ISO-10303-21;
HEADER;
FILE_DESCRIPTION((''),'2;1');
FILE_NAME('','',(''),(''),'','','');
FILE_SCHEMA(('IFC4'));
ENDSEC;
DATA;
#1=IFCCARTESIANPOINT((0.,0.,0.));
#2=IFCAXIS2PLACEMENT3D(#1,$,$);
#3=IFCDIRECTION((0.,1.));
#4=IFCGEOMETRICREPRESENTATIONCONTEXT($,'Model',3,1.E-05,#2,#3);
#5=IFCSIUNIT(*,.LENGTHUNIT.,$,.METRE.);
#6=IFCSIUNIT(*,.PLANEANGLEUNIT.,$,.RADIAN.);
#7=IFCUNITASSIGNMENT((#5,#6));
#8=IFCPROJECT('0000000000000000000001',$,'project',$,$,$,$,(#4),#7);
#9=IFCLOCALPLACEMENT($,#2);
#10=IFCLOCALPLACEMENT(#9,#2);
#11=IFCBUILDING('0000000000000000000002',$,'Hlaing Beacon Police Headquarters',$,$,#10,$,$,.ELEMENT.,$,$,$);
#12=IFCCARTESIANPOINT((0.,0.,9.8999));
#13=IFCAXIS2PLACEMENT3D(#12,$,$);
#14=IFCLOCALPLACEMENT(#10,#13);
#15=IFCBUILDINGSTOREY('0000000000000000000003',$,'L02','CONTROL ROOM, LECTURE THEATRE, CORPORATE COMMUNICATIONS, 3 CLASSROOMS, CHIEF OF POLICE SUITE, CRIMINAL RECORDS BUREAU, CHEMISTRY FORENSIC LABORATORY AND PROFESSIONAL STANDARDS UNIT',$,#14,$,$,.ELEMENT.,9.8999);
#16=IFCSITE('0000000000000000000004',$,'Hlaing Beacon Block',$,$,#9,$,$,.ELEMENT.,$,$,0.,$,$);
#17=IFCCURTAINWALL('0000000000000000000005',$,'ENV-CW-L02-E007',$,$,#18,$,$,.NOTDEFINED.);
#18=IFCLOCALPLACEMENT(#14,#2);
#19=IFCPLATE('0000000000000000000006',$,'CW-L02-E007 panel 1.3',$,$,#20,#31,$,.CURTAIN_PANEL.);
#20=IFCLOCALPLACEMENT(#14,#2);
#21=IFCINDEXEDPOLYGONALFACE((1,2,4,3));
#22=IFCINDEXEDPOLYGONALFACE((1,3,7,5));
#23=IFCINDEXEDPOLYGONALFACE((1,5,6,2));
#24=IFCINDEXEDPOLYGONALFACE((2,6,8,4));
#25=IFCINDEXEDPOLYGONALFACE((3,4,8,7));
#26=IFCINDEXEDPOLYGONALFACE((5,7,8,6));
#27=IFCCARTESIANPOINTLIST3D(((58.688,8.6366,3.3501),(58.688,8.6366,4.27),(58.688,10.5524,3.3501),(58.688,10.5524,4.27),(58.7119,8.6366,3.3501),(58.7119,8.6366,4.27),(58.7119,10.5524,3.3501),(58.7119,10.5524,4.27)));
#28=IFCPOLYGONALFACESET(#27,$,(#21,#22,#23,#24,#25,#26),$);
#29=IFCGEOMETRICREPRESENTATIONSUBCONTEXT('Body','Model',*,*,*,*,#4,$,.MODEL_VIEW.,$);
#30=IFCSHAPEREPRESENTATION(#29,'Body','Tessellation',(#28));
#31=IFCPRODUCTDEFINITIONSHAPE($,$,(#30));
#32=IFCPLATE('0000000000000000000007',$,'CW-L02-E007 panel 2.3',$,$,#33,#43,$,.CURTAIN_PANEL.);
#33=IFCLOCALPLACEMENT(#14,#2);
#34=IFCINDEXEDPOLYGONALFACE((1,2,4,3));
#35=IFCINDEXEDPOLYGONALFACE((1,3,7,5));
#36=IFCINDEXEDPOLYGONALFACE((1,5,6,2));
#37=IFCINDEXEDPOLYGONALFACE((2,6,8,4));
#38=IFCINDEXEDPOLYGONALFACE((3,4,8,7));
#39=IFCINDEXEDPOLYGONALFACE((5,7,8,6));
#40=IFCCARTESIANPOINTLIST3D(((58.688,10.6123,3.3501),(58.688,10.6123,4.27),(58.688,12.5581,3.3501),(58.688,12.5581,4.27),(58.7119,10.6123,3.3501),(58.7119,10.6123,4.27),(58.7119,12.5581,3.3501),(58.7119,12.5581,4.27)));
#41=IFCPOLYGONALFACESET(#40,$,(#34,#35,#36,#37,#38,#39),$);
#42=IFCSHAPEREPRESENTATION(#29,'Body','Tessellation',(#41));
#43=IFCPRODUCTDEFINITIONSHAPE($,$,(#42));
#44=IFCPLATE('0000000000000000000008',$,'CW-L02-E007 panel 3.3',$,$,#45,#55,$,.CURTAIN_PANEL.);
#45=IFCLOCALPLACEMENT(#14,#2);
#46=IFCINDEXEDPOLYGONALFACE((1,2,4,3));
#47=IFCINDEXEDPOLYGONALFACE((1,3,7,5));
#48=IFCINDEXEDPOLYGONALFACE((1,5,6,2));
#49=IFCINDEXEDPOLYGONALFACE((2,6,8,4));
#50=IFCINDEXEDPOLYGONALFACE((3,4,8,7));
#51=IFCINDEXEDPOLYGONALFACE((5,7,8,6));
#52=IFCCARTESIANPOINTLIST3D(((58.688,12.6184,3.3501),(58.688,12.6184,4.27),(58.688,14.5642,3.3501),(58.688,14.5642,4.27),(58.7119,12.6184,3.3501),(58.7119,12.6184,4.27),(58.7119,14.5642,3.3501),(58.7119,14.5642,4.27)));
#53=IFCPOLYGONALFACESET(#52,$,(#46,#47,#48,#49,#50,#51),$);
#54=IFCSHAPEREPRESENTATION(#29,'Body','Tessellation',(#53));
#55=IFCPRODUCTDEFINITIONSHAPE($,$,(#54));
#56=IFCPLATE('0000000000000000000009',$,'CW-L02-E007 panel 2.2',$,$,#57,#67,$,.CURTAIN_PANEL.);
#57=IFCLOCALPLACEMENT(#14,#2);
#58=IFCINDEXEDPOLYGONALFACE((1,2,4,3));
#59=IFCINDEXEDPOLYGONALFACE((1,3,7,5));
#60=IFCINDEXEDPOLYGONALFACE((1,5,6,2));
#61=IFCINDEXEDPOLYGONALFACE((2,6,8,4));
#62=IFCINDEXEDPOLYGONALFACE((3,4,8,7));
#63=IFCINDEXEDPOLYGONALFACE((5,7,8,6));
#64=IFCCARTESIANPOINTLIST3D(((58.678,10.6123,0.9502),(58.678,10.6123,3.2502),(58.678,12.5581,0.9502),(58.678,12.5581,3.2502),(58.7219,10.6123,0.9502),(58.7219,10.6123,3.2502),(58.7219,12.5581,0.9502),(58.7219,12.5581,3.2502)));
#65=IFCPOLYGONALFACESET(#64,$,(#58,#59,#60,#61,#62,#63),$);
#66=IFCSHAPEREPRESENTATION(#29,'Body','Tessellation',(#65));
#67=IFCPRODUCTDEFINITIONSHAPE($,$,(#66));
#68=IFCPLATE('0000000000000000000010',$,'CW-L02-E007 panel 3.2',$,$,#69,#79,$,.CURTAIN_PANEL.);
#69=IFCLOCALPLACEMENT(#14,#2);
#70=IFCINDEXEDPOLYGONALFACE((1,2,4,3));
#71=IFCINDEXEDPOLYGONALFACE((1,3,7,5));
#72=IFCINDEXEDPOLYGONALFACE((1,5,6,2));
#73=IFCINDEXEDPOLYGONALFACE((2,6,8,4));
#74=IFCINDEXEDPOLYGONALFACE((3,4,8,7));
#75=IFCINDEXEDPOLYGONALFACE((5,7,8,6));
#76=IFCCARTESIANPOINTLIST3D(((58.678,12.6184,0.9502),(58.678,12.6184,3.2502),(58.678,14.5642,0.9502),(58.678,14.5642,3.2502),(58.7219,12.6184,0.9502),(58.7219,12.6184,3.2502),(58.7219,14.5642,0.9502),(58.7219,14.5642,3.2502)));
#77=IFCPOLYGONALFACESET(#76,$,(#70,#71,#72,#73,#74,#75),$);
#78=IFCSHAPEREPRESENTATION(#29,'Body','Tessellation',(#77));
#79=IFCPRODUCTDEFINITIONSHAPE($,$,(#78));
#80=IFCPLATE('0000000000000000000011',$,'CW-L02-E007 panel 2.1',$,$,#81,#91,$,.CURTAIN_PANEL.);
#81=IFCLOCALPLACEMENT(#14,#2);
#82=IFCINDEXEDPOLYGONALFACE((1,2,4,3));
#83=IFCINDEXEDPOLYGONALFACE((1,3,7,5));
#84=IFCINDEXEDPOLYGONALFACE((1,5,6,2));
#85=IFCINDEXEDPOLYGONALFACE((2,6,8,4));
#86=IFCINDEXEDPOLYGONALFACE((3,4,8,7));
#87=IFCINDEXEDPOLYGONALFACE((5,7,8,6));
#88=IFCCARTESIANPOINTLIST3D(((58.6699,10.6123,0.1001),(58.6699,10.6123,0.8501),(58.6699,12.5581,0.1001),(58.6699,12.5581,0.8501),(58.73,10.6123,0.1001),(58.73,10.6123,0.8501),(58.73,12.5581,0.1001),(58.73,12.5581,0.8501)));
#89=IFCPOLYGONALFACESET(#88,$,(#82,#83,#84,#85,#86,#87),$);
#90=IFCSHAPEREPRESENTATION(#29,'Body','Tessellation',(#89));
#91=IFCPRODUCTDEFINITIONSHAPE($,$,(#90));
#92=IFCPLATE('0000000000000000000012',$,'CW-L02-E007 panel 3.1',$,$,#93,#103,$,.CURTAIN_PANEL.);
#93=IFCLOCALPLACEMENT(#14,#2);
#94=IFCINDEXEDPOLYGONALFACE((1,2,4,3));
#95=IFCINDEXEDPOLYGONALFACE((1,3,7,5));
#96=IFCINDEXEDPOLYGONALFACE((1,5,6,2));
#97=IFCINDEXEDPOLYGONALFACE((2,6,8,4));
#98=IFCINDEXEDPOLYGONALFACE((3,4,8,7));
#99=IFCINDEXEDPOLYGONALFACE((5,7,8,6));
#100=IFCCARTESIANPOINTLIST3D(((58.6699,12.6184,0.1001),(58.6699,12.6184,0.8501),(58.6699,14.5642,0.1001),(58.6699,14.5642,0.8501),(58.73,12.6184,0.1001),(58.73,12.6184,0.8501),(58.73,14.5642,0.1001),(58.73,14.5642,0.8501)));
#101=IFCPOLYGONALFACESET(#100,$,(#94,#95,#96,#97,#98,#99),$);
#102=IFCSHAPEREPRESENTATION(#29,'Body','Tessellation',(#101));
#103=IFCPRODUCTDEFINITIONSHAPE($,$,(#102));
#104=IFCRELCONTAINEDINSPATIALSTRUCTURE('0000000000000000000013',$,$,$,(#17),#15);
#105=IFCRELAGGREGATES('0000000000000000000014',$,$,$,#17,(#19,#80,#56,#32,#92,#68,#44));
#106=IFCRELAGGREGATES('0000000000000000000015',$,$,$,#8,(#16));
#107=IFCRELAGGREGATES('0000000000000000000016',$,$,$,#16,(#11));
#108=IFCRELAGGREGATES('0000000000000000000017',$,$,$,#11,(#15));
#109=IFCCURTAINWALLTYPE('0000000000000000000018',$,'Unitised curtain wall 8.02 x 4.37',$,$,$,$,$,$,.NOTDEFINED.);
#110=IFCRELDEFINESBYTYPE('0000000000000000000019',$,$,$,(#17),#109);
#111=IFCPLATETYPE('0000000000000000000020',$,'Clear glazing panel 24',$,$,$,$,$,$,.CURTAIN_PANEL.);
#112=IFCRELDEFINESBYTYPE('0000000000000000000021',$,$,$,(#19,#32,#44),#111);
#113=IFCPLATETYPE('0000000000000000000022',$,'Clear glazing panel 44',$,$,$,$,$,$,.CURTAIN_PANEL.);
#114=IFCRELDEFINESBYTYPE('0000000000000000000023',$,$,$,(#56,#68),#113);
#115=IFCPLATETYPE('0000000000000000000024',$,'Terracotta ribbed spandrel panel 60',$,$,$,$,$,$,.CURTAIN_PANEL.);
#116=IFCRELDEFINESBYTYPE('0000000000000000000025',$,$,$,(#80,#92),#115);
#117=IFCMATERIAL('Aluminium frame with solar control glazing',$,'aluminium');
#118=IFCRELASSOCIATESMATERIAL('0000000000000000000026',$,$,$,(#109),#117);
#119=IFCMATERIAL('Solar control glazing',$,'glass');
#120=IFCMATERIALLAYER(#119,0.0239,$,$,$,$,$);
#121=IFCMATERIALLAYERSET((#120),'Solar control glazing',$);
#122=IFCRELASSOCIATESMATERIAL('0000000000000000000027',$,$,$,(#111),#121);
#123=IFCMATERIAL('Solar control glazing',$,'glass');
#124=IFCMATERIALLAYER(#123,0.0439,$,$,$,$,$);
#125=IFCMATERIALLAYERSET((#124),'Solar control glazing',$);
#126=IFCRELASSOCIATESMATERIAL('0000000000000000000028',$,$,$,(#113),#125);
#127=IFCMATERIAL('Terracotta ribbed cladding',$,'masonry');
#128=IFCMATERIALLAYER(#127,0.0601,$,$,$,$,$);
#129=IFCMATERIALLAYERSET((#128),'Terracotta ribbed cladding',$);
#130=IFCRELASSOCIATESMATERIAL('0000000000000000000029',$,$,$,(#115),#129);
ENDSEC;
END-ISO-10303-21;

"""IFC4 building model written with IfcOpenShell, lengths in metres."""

from ifc_helpers import new_model, si_unit, direction, frame, origin, origin_2d, place, context, subcontext, project, spatial, rectangle, extrude, material, layer, layer_set, type_object, element, aggregate, save


model = new_model("IFC4")

# Units and contexts
model_context = context("Model", 3, precision=1e-05, world=origin(), true_north=direction((0.0, 1.0)))
body_context = subcontext(model_context, "Body", "Model", "MODEL_VIEW")
ifc_project = project(units=[si_unit("LENGTHUNIT", "METRE"), si_unit("PLANEANGLEUNIT", "RADIAN")], contexts=[model_context])

# Site, building, storey
site_placement = place(None, origin())
site = spatial("IfcSite", under=ifc_project, at=site_placement, Name="Hlaing Beacon Block", CompositionType="ELEMENT", RefElevation=0.0)
building_placement = place(site_placement, origin())
building = spatial("IfcBuilding", under=site, at=building_placement, Name="Hlaing Beacon Police Headquarters", CompositionType="ELEMENT")
storey_placement = place(building_placement, frame((0.0, 0.0, 9.8999)))
storey = spatial("IfcBuildingStorey", under=building, at=storey_placement, Name="L02", Description="CONTROL ROOM, LECTURE THEATRE, CORPORATE COMMUNICATIONS, 3 CLASSROOMS, CHIEF OF POLICE SUITE, CRIMINAL RECORDS BUREAU, CHEMISTRY FORENSIC LABORATORY AND PROFESSIONAL STANDARDS UNIT", CompositionType="ELEMENT", Elevation=9.8999)

# Curtain wall, plates
ifc_material_1 = material(Name="Aluminium frame with solar control glazing", Category="aluminium")
curtain_wall_type = type_object("IfcCurtainWallType", Name="Unitised curtain wall 8.02 x 4.37", PredefinedType="NOTDEFINED", material=ifc_material_1)
curtain_wall_placement = place(storey_placement, origin())
curtain_wall = element("IfcCurtainWall", 1, at=curtain_wall_placement, inside=storey, type_object=curtain_wall_type, Name="ENV-CW-L02-E007", PredefinedType="NOTDEFINED")
ifc_material_2 = material(Name="Solar control glazing", Category="glass")
ifc_layer_1 = layer(ifc_material_2, 0.0239)
ifc_layer_set_1 = layer_set([ifc_layer_1], Name="Solar control glazing")
plate_type_1 = type_object("IfcPlateType", Name="Clear glazing panel 24", PredefinedType="CURTAIN_PANEL", material=ifc_layer_set_1)
plate_1_placement = place(storey_placement, frame((58.7, 9.5945, 3.3501), z_axis=(0.0, 0.0, 1.0), x_axis=(0.0, 1.0, 0.0)))
plate_1 = element("IfcPlate", 2, at=plate_1_placement, type_object=plate_type_1, Name="CW-L02-E007 panel 1.3", PredefinedType="CURTAIN_PANEL", context=body_context, shape_type="SweptSolid", body=[
    extrude(rectangle(XDim=1.9158, YDim=0.0239, at=origin_2d()), origin(), (0.0, 0.0, 1.0), 0.9199),
])
plate_2_placement = place(storey_placement, frame((58.7, 11.5852, 3.3501), z_axis=(0.0, 0.0, 1.0), x_axis=(0.0, 1.0, 0.0)))
plate_2 = element("IfcPlate", 3, at=plate_2_placement, type_object=plate_type_1, Name="CW-L02-E007 panel 2.3", PredefinedType="CURTAIN_PANEL", context=body_context, shape_type="SweptSolid", body=[
    extrude(rectangle(XDim=1.9458, YDim=0.0239, at=origin_2d()), origin(), (0.0, 0.0, 1.0), 0.9199),
])
plate_3_placement = place(storey_placement, frame((58.7, 13.5913, 3.3501), z_axis=(0.0, 0.0, 1.0), x_axis=(0.0, 1.0, 0.0)))
plate_3 = element("IfcPlate", 4, at=plate_3_placement, type_object=plate_type_1, Name="CW-L02-E007 panel 3.3", PredefinedType="CURTAIN_PANEL", context=body_context, shape_type="SweptSolid", body=[
    extrude(rectangle(XDim=1.9458, YDim=0.0239, at=origin_2d()), origin(), (0.0, 0.0, 1.0), 0.9199),
])
ifc_material_3 = material(Name="Solar control glazing", Category="glass")
ifc_layer_2 = layer(ifc_material_3, 0.0439)
ifc_layer_set_2 = layer_set([ifc_layer_2], Name="Solar control glazing")
plate_type_2 = type_object("IfcPlateType", Name="Clear glazing panel 44", PredefinedType="CURTAIN_PANEL", material=ifc_layer_set_2)
plate_4_placement = place(storey_placement, frame((58.7, 11.5852, 0.9502), z_axis=(0.0, 0.0, 1.0), x_axis=(0.0, 1.0, 0.0)))
plate_4 = element("IfcPlate", 5, at=plate_4_placement, type_object=plate_type_2, Name="CW-L02-E007 panel 2.2", PredefinedType="CURTAIN_PANEL", context=body_context, shape_type="SweptSolid", body=[
    extrude(rectangle(XDim=1.9458, YDim=0.0439, at=origin_2d()), origin(), (0.0, 0.0, 1.0), 2.3),
])
plate_5_placement = place(storey_placement, frame((58.7, 13.5913, 0.9502), z_axis=(0.0, 0.0, 1.0), x_axis=(0.0, 1.0, 0.0)))
plate_5 = element("IfcPlate", 6, at=plate_5_placement, type_object=plate_type_2, Name="CW-L02-E007 panel 3.2", PredefinedType="CURTAIN_PANEL", context=body_context, shape_type="SweptSolid", body=[
    extrude(rectangle(XDim=1.9458, YDim=0.0439, at=origin_2d()), origin(), (0.0, 0.0, 1.0), 2.3),
])
ifc_material_4 = material(Name="Terracotta ribbed cladding", Category="masonry")
ifc_layer_3 = layer(ifc_material_4, 0.0601)
ifc_layer_set_3 = layer_set([ifc_layer_3], Name="Terracotta ribbed cladding")
plate_type_3 = type_object("IfcPlateType", Name="Terracotta ribbed spandrel panel 60", PredefinedType="CURTAIN_PANEL", material=ifc_layer_set_3)
plate_6_placement = place(storey_placement, frame((58.7, 11.5852, 0.1001), z_axis=(0.0, 0.0, 1.0), x_axis=(0.0, 1.0, 0.0)))
plate_6 = element("IfcPlate", 7, at=plate_6_placement, type_object=plate_type_3, Name="CW-L02-E007 panel 2.1", PredefinedType="CURTAIN_PANEL", context=body_context, shape_type="SweptSolid", body=[
    extrude(rectangle(XDim=1.9458, YDim=0.0601, at=origin_2d()), origin(), (0.0, 0.0, 1.0), 0.75),
])
plate_7_placement = place(storey_placement, frame((58.7, 13.5913, 0.1001), z_axis=(0.0, 0.0, 1.0), x_axis=(0.0, 1.0, 0.0)))
plate_7 = element("IfcPlate", 8, at=plate_7_placement, type_object=plate_type_3, Name="CW-L02-E007 panel 3.1", PredefinedType="CURTAIN_PANEL", context=body_context, shape_type="SweptSolid", body=[
    extrude(rectangle(XDim=1.9458, YDim=0.0601, at=origin_2d()), origin(), (0.0, 0.0, 1.0), 0.75),
])
aggregate(curtain_wall, [plate_1, plate_6, plate_4, plate_2, plate_7, plate_5, plate_3])

save(model, "model.ifc")
